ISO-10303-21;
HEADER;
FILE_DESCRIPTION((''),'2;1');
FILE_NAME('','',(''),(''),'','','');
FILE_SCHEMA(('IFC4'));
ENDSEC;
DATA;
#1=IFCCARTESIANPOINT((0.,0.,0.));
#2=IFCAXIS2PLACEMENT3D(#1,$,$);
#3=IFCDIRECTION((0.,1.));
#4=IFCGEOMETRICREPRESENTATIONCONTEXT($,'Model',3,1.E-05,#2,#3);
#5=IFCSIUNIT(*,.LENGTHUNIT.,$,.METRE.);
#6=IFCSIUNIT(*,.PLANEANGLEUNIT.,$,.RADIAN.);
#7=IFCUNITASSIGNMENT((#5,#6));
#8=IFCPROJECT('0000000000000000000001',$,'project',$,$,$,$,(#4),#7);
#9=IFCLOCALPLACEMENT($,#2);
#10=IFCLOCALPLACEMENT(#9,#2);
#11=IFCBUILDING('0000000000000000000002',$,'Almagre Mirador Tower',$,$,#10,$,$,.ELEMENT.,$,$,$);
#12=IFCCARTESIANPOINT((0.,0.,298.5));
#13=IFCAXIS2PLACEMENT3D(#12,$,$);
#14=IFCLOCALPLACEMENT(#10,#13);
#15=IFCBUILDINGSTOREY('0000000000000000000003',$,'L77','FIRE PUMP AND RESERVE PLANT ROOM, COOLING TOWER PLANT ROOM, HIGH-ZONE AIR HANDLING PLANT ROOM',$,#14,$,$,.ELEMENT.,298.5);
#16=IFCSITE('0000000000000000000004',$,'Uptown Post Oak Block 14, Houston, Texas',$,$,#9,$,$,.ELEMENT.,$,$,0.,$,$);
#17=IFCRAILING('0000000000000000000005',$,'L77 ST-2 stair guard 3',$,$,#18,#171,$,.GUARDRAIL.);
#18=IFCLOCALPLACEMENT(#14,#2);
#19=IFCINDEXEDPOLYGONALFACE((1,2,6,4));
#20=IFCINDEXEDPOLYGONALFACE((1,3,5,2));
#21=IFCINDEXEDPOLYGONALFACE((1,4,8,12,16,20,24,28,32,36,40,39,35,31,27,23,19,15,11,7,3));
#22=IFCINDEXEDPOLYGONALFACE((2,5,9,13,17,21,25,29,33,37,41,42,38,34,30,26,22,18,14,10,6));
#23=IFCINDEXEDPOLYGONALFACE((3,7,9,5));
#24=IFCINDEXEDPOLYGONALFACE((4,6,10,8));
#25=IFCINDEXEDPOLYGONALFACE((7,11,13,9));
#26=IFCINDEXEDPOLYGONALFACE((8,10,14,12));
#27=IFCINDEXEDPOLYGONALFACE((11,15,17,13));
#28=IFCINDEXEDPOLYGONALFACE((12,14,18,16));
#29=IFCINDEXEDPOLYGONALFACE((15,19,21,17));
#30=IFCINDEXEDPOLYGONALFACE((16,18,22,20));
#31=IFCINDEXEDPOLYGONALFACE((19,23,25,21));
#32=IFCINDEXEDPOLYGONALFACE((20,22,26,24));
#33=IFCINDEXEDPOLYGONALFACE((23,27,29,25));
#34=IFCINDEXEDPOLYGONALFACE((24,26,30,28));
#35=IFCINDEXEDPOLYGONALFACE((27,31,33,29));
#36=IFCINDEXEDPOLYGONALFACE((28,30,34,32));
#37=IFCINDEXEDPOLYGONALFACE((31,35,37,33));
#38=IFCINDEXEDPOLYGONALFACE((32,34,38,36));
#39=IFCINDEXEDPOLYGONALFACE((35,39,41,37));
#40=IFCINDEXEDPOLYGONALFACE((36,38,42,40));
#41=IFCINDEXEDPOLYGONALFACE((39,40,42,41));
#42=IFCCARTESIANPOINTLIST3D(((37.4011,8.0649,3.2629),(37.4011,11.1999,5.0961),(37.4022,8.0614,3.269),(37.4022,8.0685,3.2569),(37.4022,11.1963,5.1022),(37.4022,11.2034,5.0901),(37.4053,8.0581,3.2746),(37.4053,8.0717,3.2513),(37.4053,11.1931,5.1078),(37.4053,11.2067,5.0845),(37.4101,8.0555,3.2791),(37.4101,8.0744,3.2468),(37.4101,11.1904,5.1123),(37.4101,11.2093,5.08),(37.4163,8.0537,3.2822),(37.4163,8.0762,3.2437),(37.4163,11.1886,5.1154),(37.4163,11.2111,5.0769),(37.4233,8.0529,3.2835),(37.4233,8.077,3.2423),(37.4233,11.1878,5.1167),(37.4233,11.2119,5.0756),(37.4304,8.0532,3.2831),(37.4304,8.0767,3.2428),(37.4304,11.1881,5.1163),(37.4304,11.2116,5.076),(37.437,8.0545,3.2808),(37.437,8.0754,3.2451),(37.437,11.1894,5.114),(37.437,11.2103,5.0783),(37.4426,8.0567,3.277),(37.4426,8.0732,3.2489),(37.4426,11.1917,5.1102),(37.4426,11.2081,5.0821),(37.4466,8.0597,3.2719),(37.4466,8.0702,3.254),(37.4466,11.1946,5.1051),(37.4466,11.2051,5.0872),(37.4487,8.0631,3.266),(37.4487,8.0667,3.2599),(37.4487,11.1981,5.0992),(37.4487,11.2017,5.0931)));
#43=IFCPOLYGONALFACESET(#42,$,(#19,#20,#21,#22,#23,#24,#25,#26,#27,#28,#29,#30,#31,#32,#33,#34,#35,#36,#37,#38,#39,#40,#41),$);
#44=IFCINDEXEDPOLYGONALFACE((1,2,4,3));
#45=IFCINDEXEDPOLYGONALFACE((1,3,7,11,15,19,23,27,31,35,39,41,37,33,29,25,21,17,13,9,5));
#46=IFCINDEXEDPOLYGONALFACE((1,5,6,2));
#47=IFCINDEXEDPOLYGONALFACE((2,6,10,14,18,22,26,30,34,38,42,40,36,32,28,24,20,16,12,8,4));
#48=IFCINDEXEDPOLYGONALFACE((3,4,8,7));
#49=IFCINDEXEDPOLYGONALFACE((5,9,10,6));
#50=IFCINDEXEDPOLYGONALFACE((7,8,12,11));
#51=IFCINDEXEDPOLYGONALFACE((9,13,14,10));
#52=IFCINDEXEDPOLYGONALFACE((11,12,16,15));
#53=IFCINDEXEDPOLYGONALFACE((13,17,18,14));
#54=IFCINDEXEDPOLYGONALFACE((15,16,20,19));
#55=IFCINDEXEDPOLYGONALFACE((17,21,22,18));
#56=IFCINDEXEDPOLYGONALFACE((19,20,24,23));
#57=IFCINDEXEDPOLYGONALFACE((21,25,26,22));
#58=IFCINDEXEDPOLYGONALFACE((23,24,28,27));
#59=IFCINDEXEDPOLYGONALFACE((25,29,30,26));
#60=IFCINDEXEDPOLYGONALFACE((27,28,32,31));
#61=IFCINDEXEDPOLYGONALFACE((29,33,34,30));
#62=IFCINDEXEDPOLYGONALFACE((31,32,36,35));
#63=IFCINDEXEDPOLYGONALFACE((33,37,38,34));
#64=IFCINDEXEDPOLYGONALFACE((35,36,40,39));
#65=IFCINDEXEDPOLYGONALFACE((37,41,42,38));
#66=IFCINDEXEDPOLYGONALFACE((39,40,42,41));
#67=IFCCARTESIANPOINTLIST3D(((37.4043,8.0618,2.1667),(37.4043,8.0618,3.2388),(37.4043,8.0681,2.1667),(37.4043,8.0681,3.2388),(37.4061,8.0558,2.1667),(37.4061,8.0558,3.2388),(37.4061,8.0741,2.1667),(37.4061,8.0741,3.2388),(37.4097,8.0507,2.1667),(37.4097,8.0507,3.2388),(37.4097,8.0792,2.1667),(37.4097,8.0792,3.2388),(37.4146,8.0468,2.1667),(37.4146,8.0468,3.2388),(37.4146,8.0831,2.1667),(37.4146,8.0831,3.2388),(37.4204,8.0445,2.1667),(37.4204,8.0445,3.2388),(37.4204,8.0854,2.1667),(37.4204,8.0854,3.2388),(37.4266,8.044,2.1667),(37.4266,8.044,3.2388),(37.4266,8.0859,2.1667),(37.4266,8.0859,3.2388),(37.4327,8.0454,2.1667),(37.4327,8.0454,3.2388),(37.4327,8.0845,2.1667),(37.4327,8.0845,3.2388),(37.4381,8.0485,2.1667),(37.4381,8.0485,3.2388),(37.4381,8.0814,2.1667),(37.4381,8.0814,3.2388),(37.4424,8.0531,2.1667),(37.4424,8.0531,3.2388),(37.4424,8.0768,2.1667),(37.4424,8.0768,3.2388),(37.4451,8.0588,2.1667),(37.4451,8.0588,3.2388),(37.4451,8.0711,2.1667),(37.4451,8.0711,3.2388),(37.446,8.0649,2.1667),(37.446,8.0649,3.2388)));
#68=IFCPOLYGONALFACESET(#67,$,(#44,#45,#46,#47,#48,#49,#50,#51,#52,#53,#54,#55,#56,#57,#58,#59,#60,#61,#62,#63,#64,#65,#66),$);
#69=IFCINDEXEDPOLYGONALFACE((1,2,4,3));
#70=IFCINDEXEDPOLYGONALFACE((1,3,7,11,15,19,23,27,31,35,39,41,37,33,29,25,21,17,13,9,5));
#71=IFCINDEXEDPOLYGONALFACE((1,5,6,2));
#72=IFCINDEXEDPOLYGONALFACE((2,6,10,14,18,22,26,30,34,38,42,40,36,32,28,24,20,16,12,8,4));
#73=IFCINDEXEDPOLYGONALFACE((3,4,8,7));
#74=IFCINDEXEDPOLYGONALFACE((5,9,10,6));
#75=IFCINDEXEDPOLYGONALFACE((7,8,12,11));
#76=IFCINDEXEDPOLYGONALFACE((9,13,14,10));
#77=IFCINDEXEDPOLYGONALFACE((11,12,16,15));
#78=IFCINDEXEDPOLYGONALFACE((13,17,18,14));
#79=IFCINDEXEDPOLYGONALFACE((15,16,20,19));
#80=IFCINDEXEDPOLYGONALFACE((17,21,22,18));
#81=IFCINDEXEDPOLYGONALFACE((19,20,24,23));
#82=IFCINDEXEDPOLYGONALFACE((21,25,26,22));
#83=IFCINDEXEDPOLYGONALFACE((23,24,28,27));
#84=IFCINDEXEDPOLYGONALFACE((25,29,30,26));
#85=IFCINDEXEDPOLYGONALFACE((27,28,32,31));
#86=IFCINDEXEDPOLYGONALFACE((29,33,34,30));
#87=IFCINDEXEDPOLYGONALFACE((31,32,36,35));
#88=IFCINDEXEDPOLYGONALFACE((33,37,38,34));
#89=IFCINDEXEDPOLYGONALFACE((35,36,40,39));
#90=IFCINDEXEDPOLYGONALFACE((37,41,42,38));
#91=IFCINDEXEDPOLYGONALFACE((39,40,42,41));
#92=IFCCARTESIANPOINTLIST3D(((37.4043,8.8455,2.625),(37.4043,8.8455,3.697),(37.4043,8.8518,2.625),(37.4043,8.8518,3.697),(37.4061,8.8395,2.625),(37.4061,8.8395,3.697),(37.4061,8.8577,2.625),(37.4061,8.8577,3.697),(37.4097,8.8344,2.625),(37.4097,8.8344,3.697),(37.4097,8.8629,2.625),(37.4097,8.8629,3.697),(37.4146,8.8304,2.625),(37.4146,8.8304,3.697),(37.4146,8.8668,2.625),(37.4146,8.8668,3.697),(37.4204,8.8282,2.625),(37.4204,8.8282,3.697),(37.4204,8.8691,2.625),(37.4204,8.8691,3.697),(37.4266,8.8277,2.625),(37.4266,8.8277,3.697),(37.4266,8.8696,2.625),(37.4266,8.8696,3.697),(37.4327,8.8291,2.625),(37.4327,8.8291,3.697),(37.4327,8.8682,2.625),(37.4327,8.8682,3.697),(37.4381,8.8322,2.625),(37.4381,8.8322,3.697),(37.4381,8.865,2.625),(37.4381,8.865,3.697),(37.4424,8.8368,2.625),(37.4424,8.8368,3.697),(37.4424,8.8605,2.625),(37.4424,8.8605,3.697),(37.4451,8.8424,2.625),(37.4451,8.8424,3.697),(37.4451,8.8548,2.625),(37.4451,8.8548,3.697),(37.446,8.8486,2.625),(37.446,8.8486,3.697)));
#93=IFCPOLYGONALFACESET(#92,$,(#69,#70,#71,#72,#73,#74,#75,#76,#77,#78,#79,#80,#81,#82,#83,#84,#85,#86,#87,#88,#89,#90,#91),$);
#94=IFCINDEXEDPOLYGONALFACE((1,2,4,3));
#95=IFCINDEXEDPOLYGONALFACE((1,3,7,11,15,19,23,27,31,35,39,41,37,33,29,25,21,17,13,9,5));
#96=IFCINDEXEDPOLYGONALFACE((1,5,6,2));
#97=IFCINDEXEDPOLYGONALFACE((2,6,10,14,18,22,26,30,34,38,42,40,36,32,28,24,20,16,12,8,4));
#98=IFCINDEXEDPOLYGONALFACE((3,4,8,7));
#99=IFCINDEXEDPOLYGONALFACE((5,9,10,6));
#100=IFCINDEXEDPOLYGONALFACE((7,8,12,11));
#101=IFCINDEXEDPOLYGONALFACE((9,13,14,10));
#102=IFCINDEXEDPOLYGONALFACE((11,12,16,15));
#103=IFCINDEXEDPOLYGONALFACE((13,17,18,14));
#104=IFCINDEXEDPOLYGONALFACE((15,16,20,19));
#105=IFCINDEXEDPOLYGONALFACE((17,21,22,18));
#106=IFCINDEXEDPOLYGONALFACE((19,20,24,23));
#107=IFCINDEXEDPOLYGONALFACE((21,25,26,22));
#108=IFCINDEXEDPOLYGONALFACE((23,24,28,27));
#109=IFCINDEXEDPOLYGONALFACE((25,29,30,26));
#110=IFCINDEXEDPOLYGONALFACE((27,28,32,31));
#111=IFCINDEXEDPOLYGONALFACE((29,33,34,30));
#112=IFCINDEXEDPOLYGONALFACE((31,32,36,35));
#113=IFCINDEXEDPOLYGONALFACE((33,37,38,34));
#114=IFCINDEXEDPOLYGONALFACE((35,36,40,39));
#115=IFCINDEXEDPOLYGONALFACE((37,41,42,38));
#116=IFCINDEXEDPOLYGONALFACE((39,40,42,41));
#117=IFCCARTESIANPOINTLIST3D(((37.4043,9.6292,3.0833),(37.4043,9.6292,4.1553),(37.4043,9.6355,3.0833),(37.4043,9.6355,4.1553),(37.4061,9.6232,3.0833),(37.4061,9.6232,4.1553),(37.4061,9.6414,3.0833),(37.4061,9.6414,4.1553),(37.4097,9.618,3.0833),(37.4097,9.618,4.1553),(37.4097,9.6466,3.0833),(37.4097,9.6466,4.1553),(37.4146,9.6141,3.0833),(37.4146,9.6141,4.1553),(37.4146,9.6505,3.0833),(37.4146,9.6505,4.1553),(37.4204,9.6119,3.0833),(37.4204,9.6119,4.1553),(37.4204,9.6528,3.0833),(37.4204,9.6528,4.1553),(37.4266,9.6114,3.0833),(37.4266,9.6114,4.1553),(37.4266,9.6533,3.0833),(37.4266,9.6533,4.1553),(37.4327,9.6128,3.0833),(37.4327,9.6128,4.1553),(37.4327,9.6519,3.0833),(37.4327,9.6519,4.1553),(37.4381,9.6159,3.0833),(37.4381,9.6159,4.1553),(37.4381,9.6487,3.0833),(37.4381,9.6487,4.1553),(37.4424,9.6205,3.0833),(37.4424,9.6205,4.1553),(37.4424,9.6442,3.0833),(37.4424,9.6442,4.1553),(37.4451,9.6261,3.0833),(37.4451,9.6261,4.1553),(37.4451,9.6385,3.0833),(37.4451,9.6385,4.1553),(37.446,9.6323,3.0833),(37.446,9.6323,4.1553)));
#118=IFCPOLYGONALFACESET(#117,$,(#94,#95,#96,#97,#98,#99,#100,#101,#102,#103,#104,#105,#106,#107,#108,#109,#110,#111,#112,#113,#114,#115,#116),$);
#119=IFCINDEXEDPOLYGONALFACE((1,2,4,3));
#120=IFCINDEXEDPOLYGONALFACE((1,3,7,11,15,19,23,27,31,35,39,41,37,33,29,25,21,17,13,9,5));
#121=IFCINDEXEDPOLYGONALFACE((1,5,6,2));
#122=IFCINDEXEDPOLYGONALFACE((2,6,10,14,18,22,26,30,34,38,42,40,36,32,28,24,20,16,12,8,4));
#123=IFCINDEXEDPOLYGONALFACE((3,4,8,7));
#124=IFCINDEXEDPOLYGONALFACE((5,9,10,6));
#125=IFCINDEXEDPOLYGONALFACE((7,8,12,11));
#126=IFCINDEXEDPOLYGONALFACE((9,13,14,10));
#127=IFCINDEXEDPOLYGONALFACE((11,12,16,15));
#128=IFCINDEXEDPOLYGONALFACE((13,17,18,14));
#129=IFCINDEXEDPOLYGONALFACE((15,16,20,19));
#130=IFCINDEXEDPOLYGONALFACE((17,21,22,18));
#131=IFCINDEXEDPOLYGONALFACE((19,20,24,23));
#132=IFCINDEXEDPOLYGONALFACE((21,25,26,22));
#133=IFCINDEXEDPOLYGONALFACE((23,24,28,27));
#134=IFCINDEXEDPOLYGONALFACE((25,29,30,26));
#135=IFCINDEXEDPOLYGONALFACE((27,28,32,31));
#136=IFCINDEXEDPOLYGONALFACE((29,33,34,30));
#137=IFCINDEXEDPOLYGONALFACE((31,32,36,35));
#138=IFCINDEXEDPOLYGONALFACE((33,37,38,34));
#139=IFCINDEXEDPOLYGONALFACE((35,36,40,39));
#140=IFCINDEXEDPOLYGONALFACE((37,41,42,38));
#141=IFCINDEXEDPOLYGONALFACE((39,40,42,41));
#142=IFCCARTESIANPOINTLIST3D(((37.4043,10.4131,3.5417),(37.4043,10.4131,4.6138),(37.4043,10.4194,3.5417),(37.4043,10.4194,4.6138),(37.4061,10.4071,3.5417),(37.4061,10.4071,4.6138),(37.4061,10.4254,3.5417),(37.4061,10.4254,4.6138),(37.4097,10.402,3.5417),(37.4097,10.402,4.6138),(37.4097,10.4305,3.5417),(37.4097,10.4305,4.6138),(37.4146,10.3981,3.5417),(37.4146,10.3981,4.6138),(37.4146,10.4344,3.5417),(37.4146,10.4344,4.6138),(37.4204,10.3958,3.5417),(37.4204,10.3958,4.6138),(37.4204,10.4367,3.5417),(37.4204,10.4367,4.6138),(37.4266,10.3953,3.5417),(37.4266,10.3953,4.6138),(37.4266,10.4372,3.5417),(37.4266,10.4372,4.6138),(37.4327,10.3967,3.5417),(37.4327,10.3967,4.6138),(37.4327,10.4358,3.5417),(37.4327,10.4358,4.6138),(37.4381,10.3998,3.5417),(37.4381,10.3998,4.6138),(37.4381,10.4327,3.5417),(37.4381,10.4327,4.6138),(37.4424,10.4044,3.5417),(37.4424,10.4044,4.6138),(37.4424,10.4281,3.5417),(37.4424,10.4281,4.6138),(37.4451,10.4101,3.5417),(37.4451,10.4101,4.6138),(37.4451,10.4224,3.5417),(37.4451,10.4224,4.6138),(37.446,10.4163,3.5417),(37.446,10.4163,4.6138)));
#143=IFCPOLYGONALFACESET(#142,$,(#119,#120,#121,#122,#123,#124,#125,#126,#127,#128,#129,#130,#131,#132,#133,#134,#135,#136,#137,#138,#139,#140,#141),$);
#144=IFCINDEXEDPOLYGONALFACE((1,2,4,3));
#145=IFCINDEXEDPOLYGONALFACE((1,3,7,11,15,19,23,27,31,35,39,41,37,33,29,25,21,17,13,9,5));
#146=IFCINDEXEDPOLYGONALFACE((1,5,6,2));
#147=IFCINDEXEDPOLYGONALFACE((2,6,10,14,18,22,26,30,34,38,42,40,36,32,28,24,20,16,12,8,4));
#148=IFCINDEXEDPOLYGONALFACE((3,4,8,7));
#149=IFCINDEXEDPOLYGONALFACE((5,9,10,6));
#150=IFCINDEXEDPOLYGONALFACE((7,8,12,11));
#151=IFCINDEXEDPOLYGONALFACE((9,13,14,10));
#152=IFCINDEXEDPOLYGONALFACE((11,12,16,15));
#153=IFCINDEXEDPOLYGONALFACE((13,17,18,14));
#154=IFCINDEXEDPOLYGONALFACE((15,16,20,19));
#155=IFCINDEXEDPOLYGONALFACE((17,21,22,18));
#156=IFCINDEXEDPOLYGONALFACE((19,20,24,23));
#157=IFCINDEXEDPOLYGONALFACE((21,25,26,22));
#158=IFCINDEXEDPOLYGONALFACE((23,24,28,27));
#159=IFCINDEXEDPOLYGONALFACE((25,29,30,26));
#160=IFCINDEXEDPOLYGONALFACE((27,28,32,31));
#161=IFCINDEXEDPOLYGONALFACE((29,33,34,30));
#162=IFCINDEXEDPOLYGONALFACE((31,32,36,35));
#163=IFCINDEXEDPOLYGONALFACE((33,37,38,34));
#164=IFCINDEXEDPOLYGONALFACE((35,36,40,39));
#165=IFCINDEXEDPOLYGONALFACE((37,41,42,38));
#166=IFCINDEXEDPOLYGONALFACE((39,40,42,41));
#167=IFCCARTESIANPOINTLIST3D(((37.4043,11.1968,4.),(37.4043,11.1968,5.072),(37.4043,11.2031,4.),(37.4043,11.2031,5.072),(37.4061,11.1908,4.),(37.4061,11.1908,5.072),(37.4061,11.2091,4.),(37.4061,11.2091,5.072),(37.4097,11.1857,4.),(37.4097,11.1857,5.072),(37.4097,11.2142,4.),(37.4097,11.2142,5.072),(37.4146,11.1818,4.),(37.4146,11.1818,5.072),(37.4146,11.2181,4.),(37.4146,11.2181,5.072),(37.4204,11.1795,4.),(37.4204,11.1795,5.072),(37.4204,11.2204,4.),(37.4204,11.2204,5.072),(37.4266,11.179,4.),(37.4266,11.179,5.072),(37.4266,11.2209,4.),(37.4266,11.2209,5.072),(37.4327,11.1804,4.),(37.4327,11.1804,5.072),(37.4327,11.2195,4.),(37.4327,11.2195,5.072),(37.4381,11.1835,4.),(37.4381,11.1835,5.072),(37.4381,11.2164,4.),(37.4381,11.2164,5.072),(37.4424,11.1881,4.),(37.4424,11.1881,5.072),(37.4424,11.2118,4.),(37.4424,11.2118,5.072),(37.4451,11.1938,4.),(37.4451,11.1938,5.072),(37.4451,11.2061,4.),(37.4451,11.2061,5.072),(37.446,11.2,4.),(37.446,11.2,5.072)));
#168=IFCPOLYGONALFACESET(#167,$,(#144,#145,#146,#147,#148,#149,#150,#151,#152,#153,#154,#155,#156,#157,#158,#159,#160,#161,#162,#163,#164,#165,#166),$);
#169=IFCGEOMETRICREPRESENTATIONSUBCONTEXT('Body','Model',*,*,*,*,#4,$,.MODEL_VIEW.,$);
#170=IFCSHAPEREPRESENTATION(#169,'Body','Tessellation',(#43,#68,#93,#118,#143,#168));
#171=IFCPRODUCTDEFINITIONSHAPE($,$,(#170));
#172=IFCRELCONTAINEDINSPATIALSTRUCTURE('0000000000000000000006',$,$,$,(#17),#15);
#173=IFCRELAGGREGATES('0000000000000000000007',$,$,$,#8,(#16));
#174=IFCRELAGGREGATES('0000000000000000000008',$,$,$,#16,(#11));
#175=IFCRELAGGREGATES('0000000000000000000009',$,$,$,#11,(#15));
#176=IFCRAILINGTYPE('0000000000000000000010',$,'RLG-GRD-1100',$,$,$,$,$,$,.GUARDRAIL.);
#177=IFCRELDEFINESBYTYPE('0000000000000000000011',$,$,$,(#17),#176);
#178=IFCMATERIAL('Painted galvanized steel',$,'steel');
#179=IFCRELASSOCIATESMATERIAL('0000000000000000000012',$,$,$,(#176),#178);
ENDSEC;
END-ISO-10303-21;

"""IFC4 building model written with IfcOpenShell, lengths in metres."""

from ifc_helpers import new_model, si_unit, direction, frame, origin, origin_2d, place, context, subcontext, project, spatial, circle, extrude, material, type_object, element, save


model = new_model("IFC4")

# Units and contexts
model_context = context("Model", 3, precision=1e-05, world=origin(), true_north=direction((0.0, 1.0)))
body_context = subcontext(model_context, "Body", "Model", "MODEL_VIEW")
ifc_project = project(units=[si_unit("LENGTHUNIT", "METRE"), si_unit("PLANEANGLEUNIT", "RADIAN")], contexts=[model_context])

# Site, building, storey
site_placement = place(None, origin())
site = spatial("IfcSite", under=ifc_project, at=site_placement, Name="Uptown Post Oak Block 14, Houston, Texas", CompositionType="ELEMENT", RefElevation=0.0)
building_placement = place(site_placement, origin())
building = spatial("IfcBuilding", under=site, at=building_placement, Name="Almagre Mirador Tower", CompositionType="ELEMENT")
storey_placement = place(building_placement, frame((0.0, 0.0, 298.5)))
storey = spatial("IfcBuildingStorey", under=building, at=storey_placement, Name="L77", Description="FIRE PUMP AND RESERVE PLANT ROOM, COOLING TOWER PLANT ROOM, HIGH-ZONE AIR HANDLING PLANT ROOM", CompositionType="ELEMENT", Elevation=298.5)

# Railing
ifc_material_1 = material(Name="Painted galvanized steel", Category="steel")
railing_type_1 = type_object("IfcRailingType", Name="RLG-GRD-1100", PredefinedType="GUARDRAIL", material=ifc_material_1)
railing_1_placement = place(storey_placement, frame((37.425, 8.0649, 2.1667)))
element("IfcRailing", 1, at=railing_1_placement, inside=storey, type_object=railing_type_1, Name="L77 ST-2 stair guard 3", PredefinedType="GUARDRAIL", context=body_context, shape_type="SweptSolid", body=[
    extrude(circle(Radius=0.0239, at=origin_2d()), frame((0.0, 0.0, 1.0962), z_axis=(0.0, 0.86324, 0.504794), x_axis=(-1.0, 0.0, 0.0)), (0.0, 0.0, 1.0), 3.6316),
    extrude(circle(Radius=0.021, at=origin_2d()), origin(), (0.0, 0.0, 1.0), 1.072),
    extrude(circle(Radius=0.021, at=origin_2d()), frame((0.0, 0.7837, 0.4583)), (0.0, 0.0, 1.0), 1.072),
    extrude(circle(Radius=0.021, at=origin_2d()), frame((0.0, 1.5674, 0.9165)), (0.0, 0.0, 1.0), 1.072),
    extrude(circle(Radius=0.021, at=origin_2d()), frame((0.0, 2.3513, 1.375)), (0.0, 0.0, 1.0), 1.072),
    extrude(circle(Radius=0.021, at=origin_2d()), frame((0.0, 3.135, 1.8333)), (0.0, 0.0, 1.0), 1.072),
])

save(model, "model.ifc")
